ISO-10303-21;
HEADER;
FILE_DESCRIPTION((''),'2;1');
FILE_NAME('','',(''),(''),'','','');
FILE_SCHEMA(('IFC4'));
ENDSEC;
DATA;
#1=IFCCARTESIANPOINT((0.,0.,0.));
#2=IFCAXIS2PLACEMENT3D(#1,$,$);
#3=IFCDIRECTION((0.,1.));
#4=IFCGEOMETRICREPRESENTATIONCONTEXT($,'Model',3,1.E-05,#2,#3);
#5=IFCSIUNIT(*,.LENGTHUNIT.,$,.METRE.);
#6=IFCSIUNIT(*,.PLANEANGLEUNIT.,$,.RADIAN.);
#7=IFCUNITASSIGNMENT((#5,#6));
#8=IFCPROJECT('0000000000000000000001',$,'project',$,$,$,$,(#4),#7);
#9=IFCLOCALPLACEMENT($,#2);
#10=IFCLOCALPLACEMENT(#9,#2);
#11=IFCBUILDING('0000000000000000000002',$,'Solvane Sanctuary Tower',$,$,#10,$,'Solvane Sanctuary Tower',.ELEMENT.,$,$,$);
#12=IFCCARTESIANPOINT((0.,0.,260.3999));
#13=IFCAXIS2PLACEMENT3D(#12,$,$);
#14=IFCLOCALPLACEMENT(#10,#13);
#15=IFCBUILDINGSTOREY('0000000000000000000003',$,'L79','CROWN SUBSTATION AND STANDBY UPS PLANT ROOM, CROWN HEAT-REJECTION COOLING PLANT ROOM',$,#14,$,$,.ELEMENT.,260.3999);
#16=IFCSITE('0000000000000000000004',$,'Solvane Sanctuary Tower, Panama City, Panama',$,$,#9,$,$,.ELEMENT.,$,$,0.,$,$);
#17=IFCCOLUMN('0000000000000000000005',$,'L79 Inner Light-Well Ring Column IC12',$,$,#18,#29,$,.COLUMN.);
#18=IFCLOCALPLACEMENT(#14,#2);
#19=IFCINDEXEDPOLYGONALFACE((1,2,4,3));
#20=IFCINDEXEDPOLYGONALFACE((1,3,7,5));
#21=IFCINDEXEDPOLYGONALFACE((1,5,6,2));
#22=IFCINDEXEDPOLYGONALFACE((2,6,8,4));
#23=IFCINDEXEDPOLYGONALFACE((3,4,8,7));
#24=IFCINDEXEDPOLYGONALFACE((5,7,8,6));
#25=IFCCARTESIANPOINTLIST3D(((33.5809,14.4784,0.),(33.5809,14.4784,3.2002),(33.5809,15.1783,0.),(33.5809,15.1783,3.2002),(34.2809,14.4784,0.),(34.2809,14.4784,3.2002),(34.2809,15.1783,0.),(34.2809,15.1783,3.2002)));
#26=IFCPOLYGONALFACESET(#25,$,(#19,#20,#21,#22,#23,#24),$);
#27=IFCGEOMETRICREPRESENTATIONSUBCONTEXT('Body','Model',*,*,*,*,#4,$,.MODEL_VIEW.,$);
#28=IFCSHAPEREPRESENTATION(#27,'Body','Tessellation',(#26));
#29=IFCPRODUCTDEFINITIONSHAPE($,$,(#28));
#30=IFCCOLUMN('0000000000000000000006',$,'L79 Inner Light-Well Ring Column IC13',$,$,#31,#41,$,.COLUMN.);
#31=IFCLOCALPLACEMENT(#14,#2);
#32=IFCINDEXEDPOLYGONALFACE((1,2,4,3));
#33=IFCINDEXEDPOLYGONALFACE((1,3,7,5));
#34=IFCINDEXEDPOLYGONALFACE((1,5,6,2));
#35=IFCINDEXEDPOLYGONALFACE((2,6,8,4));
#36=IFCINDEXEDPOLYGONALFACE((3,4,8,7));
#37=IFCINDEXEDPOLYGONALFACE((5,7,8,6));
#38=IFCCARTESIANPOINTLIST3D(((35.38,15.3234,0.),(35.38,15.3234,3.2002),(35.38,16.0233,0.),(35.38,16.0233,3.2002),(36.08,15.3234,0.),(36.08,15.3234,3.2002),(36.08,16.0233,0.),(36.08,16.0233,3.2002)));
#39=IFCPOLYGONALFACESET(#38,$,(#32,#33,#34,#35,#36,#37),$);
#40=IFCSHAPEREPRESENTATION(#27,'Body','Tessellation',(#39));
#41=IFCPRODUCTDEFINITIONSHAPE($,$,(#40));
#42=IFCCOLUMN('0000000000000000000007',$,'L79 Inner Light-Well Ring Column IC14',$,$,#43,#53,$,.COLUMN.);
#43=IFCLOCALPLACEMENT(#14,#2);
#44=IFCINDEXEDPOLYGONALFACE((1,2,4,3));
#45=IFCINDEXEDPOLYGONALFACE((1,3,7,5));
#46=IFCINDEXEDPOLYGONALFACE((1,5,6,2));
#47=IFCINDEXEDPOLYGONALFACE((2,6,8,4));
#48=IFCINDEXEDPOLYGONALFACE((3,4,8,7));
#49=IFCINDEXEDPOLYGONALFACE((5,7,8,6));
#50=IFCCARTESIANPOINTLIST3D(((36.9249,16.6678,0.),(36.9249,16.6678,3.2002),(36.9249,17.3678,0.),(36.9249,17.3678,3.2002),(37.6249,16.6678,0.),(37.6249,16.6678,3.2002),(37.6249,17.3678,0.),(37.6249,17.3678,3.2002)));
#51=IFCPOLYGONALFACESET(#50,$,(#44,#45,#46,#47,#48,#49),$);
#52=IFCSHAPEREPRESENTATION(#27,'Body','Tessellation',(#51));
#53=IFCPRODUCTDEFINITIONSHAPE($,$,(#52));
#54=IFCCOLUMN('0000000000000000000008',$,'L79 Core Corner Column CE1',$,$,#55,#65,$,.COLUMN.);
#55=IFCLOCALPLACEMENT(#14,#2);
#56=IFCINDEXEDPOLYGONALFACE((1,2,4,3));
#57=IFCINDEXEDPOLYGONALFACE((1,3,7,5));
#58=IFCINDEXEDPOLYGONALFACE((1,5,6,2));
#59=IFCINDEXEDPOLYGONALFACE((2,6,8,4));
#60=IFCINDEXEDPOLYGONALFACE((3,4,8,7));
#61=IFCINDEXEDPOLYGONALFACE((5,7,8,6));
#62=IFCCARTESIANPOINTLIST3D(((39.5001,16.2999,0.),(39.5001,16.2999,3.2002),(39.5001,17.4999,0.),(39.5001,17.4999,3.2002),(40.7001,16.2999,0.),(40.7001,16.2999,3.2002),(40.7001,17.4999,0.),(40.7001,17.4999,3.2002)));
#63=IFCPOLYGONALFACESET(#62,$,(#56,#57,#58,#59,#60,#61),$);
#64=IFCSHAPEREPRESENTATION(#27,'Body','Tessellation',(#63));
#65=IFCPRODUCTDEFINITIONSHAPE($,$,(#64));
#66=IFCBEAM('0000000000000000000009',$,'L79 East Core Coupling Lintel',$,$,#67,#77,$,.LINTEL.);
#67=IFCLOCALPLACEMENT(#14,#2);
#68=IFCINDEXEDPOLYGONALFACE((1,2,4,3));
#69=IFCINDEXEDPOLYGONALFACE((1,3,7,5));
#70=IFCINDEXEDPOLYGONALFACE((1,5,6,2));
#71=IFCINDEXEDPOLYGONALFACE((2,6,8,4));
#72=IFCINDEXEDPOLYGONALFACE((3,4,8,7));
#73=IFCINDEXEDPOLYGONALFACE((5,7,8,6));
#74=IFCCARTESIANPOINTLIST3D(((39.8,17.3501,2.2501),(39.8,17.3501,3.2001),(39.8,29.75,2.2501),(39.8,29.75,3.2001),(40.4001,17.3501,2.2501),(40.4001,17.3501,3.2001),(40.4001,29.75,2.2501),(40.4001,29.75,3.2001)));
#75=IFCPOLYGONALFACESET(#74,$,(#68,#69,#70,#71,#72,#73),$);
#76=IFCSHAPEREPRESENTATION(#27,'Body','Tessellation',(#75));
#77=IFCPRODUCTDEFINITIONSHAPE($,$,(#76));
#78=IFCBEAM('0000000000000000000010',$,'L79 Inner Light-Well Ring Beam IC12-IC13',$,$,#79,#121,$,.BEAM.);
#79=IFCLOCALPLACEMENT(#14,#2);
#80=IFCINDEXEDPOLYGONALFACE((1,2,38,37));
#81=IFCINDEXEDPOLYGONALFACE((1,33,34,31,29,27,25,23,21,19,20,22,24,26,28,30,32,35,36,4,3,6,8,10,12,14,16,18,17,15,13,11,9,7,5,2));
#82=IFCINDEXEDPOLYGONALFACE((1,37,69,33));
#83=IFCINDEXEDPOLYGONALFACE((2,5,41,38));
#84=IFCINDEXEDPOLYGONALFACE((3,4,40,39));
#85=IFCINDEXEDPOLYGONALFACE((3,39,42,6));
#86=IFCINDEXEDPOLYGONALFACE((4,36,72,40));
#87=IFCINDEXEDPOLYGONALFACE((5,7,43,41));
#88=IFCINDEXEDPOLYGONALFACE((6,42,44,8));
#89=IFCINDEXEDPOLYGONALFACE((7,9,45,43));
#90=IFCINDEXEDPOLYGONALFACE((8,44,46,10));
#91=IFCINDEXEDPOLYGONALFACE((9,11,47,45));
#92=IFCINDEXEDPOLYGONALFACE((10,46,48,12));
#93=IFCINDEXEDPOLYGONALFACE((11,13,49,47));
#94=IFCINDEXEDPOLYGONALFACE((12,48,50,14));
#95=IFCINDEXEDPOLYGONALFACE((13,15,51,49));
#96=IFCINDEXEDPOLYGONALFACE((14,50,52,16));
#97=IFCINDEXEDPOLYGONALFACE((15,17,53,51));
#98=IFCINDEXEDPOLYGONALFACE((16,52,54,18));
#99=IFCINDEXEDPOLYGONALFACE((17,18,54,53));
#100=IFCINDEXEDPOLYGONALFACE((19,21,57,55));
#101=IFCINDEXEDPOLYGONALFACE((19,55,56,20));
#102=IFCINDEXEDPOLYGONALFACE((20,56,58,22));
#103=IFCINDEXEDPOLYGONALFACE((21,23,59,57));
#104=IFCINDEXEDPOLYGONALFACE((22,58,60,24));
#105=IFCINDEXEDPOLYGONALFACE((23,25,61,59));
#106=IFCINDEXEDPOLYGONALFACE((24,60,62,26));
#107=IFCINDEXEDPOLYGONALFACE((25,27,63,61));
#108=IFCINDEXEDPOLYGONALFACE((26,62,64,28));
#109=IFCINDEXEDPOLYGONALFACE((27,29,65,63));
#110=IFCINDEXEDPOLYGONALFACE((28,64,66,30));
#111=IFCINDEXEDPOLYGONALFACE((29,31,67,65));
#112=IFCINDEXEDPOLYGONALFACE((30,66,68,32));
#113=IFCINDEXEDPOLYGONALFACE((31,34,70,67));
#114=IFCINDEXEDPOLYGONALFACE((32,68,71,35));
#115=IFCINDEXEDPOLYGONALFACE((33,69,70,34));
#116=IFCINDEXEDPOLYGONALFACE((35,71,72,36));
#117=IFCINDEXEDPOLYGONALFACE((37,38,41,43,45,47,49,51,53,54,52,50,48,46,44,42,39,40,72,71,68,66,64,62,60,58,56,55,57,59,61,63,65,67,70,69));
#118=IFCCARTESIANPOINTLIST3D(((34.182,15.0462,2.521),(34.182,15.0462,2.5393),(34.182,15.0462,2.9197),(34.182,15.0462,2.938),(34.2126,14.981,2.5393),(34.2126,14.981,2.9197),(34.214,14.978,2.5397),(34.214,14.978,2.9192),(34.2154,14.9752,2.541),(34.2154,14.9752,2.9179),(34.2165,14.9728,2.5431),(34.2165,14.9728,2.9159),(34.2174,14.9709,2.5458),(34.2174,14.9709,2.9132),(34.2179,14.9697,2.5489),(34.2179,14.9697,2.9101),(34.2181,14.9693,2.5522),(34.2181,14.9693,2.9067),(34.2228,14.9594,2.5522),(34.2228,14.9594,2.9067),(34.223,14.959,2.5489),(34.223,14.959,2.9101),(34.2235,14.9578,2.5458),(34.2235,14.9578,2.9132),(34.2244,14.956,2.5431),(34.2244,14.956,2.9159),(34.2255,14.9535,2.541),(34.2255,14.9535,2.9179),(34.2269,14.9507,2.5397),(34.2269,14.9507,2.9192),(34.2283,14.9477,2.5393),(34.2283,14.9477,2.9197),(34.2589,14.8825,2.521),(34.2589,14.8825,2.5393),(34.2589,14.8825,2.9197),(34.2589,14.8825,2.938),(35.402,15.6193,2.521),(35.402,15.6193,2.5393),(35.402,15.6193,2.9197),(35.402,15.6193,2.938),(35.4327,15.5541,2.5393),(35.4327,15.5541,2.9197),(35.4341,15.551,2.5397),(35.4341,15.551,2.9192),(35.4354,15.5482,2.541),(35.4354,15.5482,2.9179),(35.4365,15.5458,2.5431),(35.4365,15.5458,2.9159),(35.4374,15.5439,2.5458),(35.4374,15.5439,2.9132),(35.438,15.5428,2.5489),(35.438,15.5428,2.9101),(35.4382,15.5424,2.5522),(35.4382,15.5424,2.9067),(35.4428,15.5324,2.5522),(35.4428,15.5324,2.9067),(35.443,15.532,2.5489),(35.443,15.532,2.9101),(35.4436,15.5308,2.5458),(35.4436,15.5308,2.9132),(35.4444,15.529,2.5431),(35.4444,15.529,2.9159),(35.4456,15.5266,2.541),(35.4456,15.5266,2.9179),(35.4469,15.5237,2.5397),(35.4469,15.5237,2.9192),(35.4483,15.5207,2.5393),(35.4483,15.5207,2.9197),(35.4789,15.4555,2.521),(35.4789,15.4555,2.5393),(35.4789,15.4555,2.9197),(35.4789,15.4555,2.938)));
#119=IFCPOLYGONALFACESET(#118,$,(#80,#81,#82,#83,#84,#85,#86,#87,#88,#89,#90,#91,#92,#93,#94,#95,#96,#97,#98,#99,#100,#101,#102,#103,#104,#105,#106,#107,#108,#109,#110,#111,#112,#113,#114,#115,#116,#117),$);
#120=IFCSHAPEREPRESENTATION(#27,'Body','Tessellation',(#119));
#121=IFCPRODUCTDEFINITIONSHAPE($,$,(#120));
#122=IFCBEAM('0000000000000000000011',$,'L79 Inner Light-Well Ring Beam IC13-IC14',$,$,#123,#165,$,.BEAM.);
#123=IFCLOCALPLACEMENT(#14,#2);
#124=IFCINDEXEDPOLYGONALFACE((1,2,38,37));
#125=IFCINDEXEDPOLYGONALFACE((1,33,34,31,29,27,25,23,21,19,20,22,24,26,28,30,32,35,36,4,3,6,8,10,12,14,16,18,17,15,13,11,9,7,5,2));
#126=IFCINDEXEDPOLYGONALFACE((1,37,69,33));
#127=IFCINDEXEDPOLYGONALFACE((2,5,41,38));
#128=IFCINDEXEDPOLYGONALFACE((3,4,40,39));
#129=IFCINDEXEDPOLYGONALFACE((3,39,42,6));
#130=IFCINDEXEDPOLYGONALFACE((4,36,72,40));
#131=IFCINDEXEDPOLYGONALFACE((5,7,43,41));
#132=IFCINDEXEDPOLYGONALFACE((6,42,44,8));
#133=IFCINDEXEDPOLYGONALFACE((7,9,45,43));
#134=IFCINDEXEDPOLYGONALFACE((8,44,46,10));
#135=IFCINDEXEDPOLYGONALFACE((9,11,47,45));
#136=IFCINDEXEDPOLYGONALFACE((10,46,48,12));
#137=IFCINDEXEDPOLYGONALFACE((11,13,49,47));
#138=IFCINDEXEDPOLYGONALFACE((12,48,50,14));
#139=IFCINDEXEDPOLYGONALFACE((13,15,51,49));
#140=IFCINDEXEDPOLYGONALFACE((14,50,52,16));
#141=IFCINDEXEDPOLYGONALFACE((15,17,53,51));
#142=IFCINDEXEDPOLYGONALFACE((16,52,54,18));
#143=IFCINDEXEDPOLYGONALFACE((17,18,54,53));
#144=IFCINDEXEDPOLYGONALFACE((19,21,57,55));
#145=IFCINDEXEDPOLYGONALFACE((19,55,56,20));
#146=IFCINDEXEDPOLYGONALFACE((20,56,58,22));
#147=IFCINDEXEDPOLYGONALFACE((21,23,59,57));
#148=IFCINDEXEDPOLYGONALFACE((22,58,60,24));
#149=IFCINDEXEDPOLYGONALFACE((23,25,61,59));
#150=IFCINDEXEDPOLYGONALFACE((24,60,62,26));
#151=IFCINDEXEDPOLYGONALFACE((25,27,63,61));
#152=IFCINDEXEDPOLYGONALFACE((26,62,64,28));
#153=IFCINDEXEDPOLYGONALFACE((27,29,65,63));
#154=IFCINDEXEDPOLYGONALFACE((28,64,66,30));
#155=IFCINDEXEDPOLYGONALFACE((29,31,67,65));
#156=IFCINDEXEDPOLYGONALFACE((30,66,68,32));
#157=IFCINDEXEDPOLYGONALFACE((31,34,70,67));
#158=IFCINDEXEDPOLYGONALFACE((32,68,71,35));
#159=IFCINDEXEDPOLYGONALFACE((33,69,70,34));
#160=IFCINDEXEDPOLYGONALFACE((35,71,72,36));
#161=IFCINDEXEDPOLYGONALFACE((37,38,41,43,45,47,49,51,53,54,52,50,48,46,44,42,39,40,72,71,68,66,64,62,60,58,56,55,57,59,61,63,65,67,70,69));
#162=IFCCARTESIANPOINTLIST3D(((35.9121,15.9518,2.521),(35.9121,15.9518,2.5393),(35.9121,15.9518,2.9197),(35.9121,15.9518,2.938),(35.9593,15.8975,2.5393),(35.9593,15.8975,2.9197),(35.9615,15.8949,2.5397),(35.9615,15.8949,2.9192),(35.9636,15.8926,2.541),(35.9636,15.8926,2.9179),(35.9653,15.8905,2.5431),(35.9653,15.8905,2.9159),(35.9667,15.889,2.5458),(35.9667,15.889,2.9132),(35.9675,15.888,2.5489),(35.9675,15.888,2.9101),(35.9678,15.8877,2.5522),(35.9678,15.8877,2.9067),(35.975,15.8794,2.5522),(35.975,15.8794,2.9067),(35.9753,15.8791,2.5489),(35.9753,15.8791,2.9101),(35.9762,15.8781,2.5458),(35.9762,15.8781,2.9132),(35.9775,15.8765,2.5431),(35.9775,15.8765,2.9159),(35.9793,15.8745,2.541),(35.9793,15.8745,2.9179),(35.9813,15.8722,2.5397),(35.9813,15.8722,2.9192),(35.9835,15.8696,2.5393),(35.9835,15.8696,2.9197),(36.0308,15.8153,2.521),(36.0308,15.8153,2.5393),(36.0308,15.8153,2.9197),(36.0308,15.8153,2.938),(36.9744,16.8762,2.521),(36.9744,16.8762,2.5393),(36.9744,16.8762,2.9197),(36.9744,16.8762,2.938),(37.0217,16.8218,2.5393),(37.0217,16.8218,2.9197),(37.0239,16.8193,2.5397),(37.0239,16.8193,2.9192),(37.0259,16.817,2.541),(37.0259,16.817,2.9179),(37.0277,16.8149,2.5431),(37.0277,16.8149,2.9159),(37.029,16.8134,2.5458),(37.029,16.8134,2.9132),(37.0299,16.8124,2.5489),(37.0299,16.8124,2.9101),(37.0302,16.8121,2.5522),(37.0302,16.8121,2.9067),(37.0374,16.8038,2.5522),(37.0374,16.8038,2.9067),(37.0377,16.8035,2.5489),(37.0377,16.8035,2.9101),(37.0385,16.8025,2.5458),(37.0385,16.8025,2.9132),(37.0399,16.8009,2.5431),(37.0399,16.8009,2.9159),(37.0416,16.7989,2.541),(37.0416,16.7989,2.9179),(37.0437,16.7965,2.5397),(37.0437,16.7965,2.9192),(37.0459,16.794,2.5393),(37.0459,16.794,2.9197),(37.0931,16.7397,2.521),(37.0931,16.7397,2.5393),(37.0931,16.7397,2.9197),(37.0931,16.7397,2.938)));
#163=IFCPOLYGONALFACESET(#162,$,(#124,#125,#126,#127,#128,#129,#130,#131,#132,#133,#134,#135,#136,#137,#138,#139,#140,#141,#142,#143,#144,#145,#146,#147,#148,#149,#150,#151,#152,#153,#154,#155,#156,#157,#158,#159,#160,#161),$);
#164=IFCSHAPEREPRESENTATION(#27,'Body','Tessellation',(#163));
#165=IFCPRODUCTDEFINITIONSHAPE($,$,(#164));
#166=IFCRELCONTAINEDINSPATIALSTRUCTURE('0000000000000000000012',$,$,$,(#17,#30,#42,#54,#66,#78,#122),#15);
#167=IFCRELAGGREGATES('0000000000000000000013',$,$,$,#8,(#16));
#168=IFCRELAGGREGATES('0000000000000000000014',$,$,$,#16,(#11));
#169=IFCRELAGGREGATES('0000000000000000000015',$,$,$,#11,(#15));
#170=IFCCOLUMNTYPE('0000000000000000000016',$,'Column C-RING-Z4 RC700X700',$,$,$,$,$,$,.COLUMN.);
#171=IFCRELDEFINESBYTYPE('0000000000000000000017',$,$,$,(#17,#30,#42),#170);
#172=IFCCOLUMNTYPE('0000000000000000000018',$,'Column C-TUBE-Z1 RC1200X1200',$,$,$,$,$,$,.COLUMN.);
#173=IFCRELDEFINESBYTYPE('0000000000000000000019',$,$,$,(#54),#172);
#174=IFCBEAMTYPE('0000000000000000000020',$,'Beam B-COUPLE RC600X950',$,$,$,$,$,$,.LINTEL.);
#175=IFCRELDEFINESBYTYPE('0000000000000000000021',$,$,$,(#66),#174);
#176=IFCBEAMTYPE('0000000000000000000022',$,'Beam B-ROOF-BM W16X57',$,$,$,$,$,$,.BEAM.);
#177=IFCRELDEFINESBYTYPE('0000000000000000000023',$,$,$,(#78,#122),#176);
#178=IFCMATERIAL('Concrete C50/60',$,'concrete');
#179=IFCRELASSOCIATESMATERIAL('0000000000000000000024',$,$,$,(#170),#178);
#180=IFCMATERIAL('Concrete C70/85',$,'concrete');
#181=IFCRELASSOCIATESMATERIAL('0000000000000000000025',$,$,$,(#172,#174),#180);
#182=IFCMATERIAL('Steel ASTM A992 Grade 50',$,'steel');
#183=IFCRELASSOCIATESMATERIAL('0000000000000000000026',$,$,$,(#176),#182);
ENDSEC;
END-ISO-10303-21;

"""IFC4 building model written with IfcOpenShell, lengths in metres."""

from ifc_helpers import new_model, si_unit, direction, frame, origin, origin_2d, place, context, subcontext, project, spatial, rectangle, i_section, extrude, material, material_profile, profile_set, type_object, element, save


model = new_model("IFC4")

# Units and contexts
model_context = context("Model", 3, precision=1e-05, world=origin(), true_north=direction((0.0, 1.0)))
body_context = subcontext(model_context, "Body", "Model", "MODEL_VIEW")
ifc_project = project(units=[si_unit("LENGTHUNIT", "METRE"), si_unit("PLANEANGLEUNIT", "RADIAN")], contexts=[model_context])

# Site, building, storey
site_placement = place(None, origin())
site = spatial("IfcSite", under=ifc_project, at=site_placement, Name="Solvane Sanctuary Tower, Panama City, Panama", CompositionType="ELEMENT", RefElevation=0.0)
building_placement = place(site_placement, origin())
building = spatial("IfcBuilding", under=site, at=building_placement, Name="Solvane Sanctuary Tower", LongName="Solvane Sanctuary Tower", CompositionType="ELEMENT")
storey_placement = place(building_placement, frame((0.0, 0.0, 260.3999)))
storey = spatial("IfcBuildingStorey", under=building, at=storey_placement, Name="L79", Description="CROWN SUBSTATION AND STANDBY UPS PLANT ROOM, CROWN HEAT-REJECTION COOLING PLANT ROOM", CompositionType="ELEMENT", Elevation=260.3999)

# Columns
ifc_material_1 = material(Name="Concrete C50/60", Category="concrete")
ifc_material_profile_1 = material_profile(ifc_material_1, rectangle(XDim=0.7, YDim=0.7, at=origin_2d()), Name="RC700X700")
ifc_profile_set_1 = profile_set([ifc_material_profile_1], Name="Concrete C50/60")
column_type_1 = type_object("IfcColumnType", Name="Column C-RING-Z4 RC700X700", PredefinedType="COLUMN", material=ifc_profile_set_1)
for number, where, z_axis, x_axis, name in (
    (1, (33.9309, 14.8284, 0.0), (0.0, 0.0, 1.0), (1.0, 0.0, 0.0), "L79 Inner Light-Well Ring Column IC12"),
    (2, (35.73, 15.6733, 0.0), (0.0, 0.0, 1.0), (1.0, 0.0, 0.0), "L79 Inner Light-Well Ring Column IC13"),
    (3, (37.2749, 17.0178, 0.0), (0.0, 0.0, 1.0), (1.0, 0.0, 0.0), "L79 Inner Light-Well Ring Column IC14"),
):
    element("IfcColumn", number, at=place(storey_placement, frame(where, z_axis=z_axis, x_axis=x_axis)), inside=storey, type_object=column_type_1, Name=name, PredefinedType="COLUMN", context=body_context, shape_type="SweptSolid", body=[
        extrude(rectangle(XDim=0.7, YDim=0.7, at=origin_2d()), origin(), (0.0, 0.0, 1.0), 3.2002),
    ])
ifc_material_2 = material(Name="Concrete C70/85", Category="concrete")
ifc_material_profile_2 = material_profile(ifc_material_2, rectangle(XDim=1.2, YDim=1.2, at=origin_2d()), Name="RC1200X1200")
ifc_profile_set_2 = profile_set([ifc_material_profile_2], Name="Concrete C70/85")
column_type_2 = type_object("IfcColumnType", Name="Column C-TUBE-Z1 RC1200X1200", PredefinedType="COLUMN", material=ifc_profile_set_2)
column_placement = place(storey_placement, frame((40.1001, 16.8999, 0.0), z_axis=(0.0, 0.0, 1.0), x_axis=(1.0, 0.0, 0.0)))
element("IfcColumn", 4, at=column_placement, inside=storey, type_object=column_type_2, Name="L79 Core Corner Column CE1", PredefinedType="COLUMN", context=body_context, shape_type="SweptSolid", body=[
    extrude(rectangle(XDim=1.2, YDim=1.2, at=origin_2d()), origin(), (0.0, 0.0, 1.0), 3.2002),
])

# Beams
ifc_material_profile_3 = material_profile(ifc_material_2, rectangle(XDim=0.6001, YDim=0.95, at=origin_2d()), Name="RC600X950")
ifc_profile_set_3 = profile_set([ifc_material_profile_3], Name="Concrete C70/85")
beam_type_1 = type_object("IfcBeamType", Name="Beam B-COUPLE RC600X950", PredefinedType="LINTEL", material=ifc_profile_set_3)
beam_1_placement = place(storey_placement, frame((40.1001, 17.3501, 2.7251), z_axis=(0.0, 1.0, 0.0), x_axis=(-1.0, 0.0, 0.0)))
element("IfcBeam", 5, at=beam_1_placement, inside=storey, type_object=beam_type_1, Name="L79 East Core Coupling Lintel", PredefinedType="LINTEL", context=body_context, shape_type="SweptSolid", body=[
    extrude(rectangle(XDim=0.6001, YDim=0.95, at=origin_2d()), origin(), (0.0, 0.0, 1.0), 12.3999),
])
ifc_material_3 = material(Name="Steel ASTM A992 Grade 50", Category="steel")
ifc_material_profile_4 = material_profile(ifc_material_3, i_section(OverallWidth=0.1809, OverallDepth=0.417, WebThickness=0.011, FlangeThickness=0.0183, FilletRadius=0.0129, at=origin_2d()), Name="W16X57")
ifc_profile_set_4 = profile_set([ifc_material_profile_4], Name="Steel ASTM A992 Grade 50")
beam_type_2 = type_object("IfcBeamType", Name="Beam B-ROOF-BM W16X57", PredefinedType="BEAM", material=ifc_profile_set_4)
beam_2_placement = place(storey_placement, frame((34.2205, 14.9644, 2.7295), z_axis=(0.905135, 0.425125, 0.0), x_axis=(-0.425125, 0.905135, 0.0)))
element("IfcBeam", 6, at=beam_2_placement, inside=storey, type_object=beam_type_2, Name="L79 Inner Light-Well Ring Beam IC12-IC13", PredefinedType="BEAM", context=body_context, shape_type="SweptSolid", body=[
    extrude(i_section(OverallWidth=0.1809, OverallDepth=0.417, WebThickness=0.011, FlangeThickness=0.0183, FilletRadius=0.0129, at=origin_2d()), origin(), (0.0, 0.0, 1.0), 1.3479),
])
beam_3_placement = place(storey_placement, frame((35.9714, 15.8835, 2.7295), z_axis=(0.754389, 0.656428, 0.0), x_axis=(-0.656428, 0.754389, 0.0)))
element("IfcBeam", 7, at=beam_3_placement, inside=storey, type_object=beam_type_2, Name="L79 Inner Light-Well Ring Beam IC13-IC14", PredefinedType="BEAM", context=body_context, shape_type="SweptSolid", body=[
    extrude(i_section(OverallWidth=0.1809, OverallDepth=0.417, WebThickness=0.011, FlangeThickness=0.0183, FilletRadius=0.0129, at=origin_2d()), origin(), (0.0, 0.0, 1.0), 1.4082),
])

save(model, "model.ifc")
